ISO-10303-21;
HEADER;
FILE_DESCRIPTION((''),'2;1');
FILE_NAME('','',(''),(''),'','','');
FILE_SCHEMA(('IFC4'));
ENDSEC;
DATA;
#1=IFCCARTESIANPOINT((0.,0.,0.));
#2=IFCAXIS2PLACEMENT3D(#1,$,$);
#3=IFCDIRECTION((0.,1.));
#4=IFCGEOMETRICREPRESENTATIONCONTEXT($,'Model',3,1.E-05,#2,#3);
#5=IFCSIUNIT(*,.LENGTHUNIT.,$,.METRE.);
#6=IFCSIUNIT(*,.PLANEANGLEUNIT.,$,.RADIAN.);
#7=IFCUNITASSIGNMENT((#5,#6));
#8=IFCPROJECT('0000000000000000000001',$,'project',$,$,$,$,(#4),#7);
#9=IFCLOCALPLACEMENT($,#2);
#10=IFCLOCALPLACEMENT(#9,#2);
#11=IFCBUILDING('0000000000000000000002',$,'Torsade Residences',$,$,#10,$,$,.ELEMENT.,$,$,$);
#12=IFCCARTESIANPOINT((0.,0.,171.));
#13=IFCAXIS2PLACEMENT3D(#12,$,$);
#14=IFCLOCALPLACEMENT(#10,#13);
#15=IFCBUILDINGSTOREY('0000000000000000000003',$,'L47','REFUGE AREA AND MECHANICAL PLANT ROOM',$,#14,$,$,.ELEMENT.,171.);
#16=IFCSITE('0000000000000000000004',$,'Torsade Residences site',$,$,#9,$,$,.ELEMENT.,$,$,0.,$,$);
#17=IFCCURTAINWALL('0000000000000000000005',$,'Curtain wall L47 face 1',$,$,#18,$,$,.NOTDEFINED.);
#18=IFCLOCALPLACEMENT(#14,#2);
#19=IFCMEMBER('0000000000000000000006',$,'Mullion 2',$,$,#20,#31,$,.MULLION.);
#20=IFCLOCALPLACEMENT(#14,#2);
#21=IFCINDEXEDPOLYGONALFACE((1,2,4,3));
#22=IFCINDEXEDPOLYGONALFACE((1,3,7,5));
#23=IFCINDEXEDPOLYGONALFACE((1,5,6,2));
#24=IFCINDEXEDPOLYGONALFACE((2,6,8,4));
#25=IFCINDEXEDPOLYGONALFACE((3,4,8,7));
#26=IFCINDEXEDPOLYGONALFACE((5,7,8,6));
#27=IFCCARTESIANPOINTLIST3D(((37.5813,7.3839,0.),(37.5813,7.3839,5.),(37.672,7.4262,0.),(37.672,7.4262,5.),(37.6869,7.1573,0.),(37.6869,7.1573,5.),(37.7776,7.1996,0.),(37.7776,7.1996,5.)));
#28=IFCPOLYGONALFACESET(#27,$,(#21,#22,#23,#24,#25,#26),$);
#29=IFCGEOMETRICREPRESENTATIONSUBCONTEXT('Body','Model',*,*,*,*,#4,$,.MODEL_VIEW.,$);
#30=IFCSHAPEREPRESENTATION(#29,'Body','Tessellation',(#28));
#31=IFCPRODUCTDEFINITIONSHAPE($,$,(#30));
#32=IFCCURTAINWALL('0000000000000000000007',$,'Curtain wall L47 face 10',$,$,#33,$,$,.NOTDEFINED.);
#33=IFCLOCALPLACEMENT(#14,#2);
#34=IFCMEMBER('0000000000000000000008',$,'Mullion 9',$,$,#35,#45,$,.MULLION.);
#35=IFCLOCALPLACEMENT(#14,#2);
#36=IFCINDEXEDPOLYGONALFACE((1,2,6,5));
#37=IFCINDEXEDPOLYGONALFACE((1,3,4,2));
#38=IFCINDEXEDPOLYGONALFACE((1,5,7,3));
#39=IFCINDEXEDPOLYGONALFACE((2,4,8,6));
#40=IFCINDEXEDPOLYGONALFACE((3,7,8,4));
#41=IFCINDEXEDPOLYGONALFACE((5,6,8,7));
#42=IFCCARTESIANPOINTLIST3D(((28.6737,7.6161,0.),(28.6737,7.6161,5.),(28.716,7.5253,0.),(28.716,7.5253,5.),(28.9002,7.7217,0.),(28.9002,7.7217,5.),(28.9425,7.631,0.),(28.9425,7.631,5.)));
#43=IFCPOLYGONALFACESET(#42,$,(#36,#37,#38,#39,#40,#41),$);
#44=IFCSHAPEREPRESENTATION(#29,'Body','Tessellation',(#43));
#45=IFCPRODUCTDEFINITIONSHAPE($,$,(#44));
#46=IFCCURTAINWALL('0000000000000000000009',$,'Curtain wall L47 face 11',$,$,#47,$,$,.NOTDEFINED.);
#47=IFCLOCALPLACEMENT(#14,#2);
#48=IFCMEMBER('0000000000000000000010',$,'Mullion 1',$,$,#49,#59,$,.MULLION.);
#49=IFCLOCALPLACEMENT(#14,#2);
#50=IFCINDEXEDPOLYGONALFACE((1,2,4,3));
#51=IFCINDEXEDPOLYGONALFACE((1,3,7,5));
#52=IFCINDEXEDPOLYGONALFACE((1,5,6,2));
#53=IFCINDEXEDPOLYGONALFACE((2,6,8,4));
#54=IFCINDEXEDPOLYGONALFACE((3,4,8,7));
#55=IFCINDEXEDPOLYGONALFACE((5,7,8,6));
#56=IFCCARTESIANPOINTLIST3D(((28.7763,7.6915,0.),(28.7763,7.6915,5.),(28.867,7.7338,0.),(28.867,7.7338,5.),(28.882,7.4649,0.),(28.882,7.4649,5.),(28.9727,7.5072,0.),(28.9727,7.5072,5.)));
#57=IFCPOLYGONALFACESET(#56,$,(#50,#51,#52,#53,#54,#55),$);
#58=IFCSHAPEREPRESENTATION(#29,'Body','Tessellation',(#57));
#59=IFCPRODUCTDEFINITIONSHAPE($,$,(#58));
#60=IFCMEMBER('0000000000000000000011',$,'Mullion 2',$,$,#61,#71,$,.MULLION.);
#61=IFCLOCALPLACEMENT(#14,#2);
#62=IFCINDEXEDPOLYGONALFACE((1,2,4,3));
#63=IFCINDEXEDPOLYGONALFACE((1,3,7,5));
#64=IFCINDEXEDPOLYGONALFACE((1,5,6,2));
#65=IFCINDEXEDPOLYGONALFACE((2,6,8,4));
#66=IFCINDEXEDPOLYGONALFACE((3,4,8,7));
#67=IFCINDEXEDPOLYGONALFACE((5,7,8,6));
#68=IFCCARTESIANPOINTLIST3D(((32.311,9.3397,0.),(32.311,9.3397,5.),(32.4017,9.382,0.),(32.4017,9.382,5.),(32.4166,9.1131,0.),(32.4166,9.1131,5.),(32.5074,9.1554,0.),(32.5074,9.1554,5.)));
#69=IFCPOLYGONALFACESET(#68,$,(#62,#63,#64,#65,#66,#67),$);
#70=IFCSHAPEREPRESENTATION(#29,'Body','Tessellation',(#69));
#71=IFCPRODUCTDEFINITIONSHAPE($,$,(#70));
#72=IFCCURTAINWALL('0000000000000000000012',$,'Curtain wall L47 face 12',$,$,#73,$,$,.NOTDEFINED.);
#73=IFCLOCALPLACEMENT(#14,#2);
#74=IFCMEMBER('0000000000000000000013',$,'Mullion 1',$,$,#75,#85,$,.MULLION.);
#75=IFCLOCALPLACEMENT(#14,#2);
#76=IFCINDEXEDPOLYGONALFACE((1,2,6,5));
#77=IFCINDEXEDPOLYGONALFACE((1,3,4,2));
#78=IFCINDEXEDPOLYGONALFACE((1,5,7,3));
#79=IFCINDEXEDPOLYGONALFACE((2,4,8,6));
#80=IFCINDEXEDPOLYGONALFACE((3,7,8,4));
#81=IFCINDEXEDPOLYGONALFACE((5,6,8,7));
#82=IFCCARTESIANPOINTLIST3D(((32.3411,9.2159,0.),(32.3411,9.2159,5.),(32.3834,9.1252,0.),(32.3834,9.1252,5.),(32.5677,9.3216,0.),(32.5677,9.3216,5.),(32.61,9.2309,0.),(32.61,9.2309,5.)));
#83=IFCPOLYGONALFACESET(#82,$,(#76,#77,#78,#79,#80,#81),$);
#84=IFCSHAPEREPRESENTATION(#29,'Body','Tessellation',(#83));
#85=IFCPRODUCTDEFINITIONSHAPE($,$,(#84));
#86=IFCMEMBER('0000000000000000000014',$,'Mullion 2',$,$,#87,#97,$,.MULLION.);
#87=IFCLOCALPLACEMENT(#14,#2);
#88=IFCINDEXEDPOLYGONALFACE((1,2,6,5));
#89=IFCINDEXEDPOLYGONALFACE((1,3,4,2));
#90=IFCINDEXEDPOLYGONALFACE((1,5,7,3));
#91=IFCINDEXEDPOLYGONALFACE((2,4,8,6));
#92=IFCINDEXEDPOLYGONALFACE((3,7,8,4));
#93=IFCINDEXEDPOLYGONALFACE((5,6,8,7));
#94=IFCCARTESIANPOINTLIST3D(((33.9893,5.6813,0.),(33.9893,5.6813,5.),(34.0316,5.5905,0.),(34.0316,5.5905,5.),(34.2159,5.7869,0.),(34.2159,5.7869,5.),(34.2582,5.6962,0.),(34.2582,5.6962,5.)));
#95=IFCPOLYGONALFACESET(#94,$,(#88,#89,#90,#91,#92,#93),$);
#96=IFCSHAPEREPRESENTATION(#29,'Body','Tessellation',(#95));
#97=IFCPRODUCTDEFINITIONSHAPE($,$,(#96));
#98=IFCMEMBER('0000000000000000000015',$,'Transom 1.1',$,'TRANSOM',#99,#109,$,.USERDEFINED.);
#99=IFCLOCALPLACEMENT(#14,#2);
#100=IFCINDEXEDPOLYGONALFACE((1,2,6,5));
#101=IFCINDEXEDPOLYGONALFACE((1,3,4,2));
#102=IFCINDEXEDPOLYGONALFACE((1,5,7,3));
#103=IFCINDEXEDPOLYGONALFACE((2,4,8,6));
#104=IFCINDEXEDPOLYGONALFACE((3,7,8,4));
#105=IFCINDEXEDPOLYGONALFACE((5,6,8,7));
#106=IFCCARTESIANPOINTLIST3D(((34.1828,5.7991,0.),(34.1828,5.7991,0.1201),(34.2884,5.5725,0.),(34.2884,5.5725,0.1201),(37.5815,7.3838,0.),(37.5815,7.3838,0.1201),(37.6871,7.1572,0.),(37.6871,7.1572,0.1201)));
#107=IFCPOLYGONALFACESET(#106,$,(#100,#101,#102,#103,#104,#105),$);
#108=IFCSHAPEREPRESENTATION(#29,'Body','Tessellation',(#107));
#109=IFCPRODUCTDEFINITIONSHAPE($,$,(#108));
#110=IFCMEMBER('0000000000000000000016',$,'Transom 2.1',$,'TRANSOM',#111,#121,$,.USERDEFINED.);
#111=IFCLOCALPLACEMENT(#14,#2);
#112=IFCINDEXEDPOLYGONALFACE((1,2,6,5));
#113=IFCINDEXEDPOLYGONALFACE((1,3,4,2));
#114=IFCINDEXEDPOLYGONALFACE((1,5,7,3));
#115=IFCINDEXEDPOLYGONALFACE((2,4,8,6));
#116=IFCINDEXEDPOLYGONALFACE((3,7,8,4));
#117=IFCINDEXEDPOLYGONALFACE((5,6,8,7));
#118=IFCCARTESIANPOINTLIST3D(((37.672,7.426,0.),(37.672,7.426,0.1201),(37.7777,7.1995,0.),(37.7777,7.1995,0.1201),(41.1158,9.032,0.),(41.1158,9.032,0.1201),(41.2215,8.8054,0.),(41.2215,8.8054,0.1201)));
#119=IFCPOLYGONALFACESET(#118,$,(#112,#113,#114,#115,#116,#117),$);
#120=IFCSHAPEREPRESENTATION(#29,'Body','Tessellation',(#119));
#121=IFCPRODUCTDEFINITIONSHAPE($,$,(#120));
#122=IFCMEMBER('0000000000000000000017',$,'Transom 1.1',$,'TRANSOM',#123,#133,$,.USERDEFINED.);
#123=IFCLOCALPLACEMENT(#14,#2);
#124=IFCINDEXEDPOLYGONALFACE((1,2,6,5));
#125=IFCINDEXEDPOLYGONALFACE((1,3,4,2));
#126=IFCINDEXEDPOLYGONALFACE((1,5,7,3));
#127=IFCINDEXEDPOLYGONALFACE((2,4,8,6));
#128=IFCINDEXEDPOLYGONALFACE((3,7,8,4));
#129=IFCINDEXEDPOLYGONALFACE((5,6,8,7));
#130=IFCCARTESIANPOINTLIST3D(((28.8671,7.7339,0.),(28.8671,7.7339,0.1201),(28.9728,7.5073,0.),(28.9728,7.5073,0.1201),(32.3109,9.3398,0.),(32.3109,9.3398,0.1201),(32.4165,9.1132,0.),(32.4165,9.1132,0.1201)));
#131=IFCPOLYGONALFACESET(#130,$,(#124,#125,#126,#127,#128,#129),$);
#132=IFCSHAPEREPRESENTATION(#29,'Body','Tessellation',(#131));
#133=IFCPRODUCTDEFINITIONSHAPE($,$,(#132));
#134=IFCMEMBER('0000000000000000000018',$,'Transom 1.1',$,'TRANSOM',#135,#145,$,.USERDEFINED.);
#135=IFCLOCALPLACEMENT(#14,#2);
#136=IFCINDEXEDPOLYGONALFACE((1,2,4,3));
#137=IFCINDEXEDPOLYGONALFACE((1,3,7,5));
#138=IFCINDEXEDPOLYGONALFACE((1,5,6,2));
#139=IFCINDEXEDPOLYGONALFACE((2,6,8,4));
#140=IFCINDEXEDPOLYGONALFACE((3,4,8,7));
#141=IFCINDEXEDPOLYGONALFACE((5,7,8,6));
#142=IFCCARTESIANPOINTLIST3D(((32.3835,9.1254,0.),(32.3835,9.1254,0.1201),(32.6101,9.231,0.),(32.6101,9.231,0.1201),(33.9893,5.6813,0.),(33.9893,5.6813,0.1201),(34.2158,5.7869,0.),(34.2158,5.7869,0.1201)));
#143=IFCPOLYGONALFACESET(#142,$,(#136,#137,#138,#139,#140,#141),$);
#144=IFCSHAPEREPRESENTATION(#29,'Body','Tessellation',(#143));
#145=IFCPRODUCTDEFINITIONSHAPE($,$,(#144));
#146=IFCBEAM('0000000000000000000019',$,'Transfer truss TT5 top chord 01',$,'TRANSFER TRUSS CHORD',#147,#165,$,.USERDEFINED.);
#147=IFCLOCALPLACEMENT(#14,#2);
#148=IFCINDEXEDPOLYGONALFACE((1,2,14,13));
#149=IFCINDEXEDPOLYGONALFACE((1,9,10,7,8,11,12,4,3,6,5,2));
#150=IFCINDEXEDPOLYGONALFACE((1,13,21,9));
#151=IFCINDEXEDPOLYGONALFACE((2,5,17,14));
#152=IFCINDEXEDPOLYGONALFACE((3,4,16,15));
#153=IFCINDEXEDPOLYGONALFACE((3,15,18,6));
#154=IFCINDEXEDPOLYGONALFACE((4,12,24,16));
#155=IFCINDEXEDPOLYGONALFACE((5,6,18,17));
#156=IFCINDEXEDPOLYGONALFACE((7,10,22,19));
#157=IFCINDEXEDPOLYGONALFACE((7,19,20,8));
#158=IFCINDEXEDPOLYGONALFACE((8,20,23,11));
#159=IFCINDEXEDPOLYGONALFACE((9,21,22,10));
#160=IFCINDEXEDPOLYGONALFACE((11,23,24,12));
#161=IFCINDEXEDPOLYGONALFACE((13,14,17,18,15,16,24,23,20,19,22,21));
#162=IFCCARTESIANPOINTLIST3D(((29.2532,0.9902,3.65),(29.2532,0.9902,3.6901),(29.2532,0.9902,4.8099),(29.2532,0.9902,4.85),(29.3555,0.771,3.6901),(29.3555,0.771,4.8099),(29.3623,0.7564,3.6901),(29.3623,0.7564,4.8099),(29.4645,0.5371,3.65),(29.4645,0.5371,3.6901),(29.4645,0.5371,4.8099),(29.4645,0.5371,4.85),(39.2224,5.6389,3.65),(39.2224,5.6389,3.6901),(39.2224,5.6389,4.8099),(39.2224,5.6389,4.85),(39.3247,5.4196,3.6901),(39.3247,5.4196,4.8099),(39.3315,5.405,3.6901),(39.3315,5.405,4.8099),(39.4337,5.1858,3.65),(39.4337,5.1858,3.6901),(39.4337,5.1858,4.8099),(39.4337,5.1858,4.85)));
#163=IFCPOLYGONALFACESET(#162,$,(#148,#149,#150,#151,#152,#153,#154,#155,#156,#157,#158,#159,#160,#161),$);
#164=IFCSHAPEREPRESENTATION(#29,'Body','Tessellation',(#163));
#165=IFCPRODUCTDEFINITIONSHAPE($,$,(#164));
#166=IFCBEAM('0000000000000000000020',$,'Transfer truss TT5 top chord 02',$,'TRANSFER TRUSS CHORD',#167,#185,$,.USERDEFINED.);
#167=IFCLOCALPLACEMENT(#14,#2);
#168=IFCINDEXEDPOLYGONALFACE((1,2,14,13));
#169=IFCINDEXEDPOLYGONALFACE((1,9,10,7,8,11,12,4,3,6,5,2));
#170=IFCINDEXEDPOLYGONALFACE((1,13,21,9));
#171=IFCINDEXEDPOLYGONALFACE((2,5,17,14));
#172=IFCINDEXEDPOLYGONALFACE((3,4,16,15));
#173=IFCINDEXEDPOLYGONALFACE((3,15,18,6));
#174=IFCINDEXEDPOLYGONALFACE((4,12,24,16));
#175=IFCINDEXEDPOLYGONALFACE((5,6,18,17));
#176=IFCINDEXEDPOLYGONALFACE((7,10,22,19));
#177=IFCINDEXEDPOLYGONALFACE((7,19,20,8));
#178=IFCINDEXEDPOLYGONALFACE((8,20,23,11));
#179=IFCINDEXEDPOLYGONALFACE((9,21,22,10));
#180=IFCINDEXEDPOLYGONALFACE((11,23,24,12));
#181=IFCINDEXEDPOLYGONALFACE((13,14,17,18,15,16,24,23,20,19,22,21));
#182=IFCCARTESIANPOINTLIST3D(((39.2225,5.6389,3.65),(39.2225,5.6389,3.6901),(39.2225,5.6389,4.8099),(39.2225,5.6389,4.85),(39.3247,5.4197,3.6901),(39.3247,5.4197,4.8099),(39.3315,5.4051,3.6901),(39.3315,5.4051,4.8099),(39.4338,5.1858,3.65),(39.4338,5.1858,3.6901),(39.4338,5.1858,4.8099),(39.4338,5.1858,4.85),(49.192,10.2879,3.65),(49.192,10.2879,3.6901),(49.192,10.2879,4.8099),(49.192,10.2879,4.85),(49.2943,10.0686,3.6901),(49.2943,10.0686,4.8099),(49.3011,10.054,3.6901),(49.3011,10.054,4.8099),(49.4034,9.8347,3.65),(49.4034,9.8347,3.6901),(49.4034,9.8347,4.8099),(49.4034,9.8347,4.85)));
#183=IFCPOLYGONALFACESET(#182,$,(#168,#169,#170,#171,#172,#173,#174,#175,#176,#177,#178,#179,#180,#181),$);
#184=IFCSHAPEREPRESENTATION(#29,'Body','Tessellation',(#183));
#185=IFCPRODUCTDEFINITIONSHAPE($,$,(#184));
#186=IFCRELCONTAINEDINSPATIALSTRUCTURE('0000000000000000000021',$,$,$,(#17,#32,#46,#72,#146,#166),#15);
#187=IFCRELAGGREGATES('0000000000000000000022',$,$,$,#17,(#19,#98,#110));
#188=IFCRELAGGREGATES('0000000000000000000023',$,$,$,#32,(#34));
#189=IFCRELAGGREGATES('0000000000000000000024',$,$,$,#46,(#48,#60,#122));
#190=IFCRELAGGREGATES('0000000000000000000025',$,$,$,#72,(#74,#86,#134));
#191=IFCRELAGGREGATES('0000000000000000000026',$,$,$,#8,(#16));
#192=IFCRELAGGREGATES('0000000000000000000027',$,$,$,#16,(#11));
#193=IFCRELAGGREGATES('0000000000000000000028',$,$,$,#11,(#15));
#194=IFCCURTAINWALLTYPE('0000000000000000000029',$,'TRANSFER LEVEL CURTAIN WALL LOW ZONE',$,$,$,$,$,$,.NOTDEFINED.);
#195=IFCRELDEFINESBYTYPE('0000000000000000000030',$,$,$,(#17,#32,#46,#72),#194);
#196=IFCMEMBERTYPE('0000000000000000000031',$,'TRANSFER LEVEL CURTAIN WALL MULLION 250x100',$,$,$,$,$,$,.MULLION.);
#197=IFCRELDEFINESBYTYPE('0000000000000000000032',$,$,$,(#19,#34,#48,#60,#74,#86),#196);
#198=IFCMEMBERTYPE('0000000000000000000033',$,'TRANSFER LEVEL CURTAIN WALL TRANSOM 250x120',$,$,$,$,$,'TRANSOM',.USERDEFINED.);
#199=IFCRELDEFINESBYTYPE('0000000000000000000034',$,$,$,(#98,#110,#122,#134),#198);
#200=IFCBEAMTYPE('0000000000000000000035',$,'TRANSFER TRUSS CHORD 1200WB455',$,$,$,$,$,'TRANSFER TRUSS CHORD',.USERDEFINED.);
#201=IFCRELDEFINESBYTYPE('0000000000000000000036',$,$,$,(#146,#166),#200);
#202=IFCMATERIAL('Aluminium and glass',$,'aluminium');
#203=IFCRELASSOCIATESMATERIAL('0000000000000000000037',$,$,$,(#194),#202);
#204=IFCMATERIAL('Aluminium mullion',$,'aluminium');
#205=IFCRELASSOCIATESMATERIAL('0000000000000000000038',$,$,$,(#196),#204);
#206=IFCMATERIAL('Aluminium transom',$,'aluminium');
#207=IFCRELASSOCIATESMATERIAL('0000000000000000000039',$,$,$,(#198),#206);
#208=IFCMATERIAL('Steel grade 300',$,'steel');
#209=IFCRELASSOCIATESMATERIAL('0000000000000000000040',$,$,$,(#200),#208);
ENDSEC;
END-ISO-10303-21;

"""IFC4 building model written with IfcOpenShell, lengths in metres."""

from ifc_helpers import new_model, si_unit, direction, frame, origin, origin_2d, place, context, subcontext, project, spatial, rectangle, i_section, extrude, material, material_profile, profile_set, type_object, element, aggregate, save


model = new_model("IFC4")

# Units and contexts
model_context = context("Model", 3, precision=1e-05, world=origin(), true_north=direction((0.0, 1.0)))
body_context = subcontext(model_context, "Body", "Model", "MODEL_VIEW")
ifc_project = project(units=[si_unit("LENGTHUNIT", "METRE"), si_unit("PLANEANGLEUNIT", "RADIAN")], contexts=[model_context])

# Site, building, storey
site_placement = place(None, origin())
site = spatial("IfcSite", under=ifc_project, at=site_placement, Name="Torsade Residences site", CompositionType="ELEMENT", RefElevation=0.0)
building_placement = place(site_placement, origin())
building = spatial("IfcBuilding", under=site, at=building_placement, Name="Torsade Residences", CompositionType="ELEMENT")
storey_placement = place(building_placement, frame((0.0, 0.0, 171.0)))
storey = spatial("IfcBuildingStorey", under=building, at=storey_placement, Name="L47", Description="REFUGE AREA AND MECHANICAL PLANT ROOM", CompositionType="ELEMENT", Elevation=171.0)

# Curtain wall, member
ifc_material_1 = material(Name="Aluminium and glass", Category="aluminium")
curtain_wall_type = type_object("IfcCurtainWallType", Name="TRANSFER LEVEL CURTAIN WALL LOW ZONE", PredefinedType="NOTDEFINED", material=ifc_material_1)
curtain_wall_1_placement = place(storey_placement, origin())
curtain_wall_1 = element("IfcCurtainWall", 1, at=curtain_wall_1_placement, inside=storey, type_object=curtain_wall_type, Name="Curtain wall L47 face 1", PredefinedType="NOTDEFINED")
ifc_material_2 = material(Name="Aluminium mullion", Category="aluminium")
ifc_material_profile_1 = material_profile(ifc_material_2, rectangle(XDim=0.25, YDim=0.1001, at=origin_2d()), Name="TRANSFER LEVEL CURTAIN WALL MULLION 250x100")
ifc_profile_set_1 = profile_set([ifc_material_profile_1], Name="Aluminium mullion")
member_type_1 = type_object("IfcMemberType", Name="TRANSFER LEVEL CURTAIN WALL MULLION 250x100", PredefinedType="MULLION", material=ifc_profile_set_1)
member_1_placement = place(storey_placement, frame((37.6794, 7.2917, 0.0), z_axis=(0.0, 0.0, 1.0), x_axis=(-0.422618, 0.906308, 0.0)))
member_1 = element("IfcMember", 2, at=member_1_placement, type_object=member_type_1, Name="Mullion 2", PredefinedType="MULLION", context=body_context, shape_type="SweptSolid", body=[
    extrude(rectangle(XDim=0.25, YDim=0.1001, at=origin_2d()), origin(), (0.0, 0.0, 1.0), 5.0),
])

# Curtain wall, member
curtain_wall_2_placement = place(storey_placement, origin())
curtain_wall_2 = element("IfcCurtainWall", 3, at=curtain_wall_2_placement, inside=storey, type_object=curtain_wall_type, Name="Curtain wall L47 face 10", PredefinedType="NOTDEFINED")
member_2_placement = place(storey_placement, frame((28.8081, 7.6235, 0.0), z_axis=(0.0, 0.0, 1.0), x_axis=(0.906308, 0.422618, 0.0)))
member_2 = element("IfcMember", 4, at=member_2_placement, type_object=member_type_1, Name="Mullion 9", PredefinedType="MULLION", context=body_context, shape_type="SweptSolid", body=[
    extrude(rectangle(XDim=0.25, YDim=0.1001, at=origin_2d()), origin(), (0.0, 0.0, 1.0), 5.0),
])

# Curtain walls, members
curtain_wall_3_placement = place(storey_placement, origin())
curtain_wall_3 = element("IfcCurtainWall", 5, at=curtain_wall_3_placement, inside=storey, type_object=curtain_wall_type, Name="Curtain wall L47 face 11", PredefinedType="NOTDEFINED")
member_3_placement = place(storey_placement, frame((28.8745, 7.5994, 0.0), z_axis=(0.0, 0.0, 1.0), x_axis=(-0.422618, 0.906308, 0.0)))
member_3 = element("IfcMember", 6, at=member_3_placement, type_object=member_type_1, Name="Mullion 1", PredefinedType="MULLION", context=body_context, shape_type="SweptSolid", body=[
    extrude(rectangle(XDim=0.25, YDim=0.1001, at=origin_2d()), origin(), (0.0, 0.0, 1.0), 5.0),
])
member_4_placement = place(storey_placement, frame((32.4092, 9.2476, 0.0), z_axis=(0.0, 0.0, 1.0), x_axis=(-0.422618, 0.906308, 0.0)))
member_4 = element("IfcMember", 7, at=member_4_placement, type_object=member_type_1, Name="Mullion 2", PredefinedType="MULLION", context=body_context, shape_type="SweptSolid", body=[
    extrude(rectangle(XDim=0.25, YDim=0.1001, at=origin_2d()), origin(), (0.0, 0.0, 1.0), 5.0),
])
curtain_wall_4_placement = place(storey_placement, origin())
curtain_wall_4 = element("IfcCurtainWall", 8, at=curtain_wall_4_placement, inside=storey, type_object=curtain_wall_type, Name="Curtain wall L47 face 12", PredefinedType="NOTDEFINED")
member_5_placement = place(storey_placement, frame((32.4756, 9.2234, 0.0), z_axis=(0.0, 0.0, 1.0), x_axis=(0.906308, 0.422618, 0.0)))
member_5 = element("IfcMember", 9, at=member_5_placement, type_object=member_type_1, Name="Mullion 1", PredefinedType="MULLION", context=body_context, shape_type="SweptSolid", body=[
    extrude(rectangle(XDim=0.25, YDim=0.1001, at=origin_2d()), origin(), (0.0, 0.0, 1.0), 5.0),
])
member_6_placement = place(storey_placement, frame((34.1238, 5.6887, 0.0), z_axis=(0.0, 0.0, 1.0), x_axis=(0.906308, 0.422618, 0.0)))
member_6 = element("IfcMember", 10, at=member_6_placement, type_object=member_type_1, Name="Mullion 2", PredefinedType="MULLION", context=body_context, shape_type="SweptSolid", body=[
    extrude(rectangle(XDim=0.25, YDim=0.1001, at=origin_2d()), origin(), (0.0, 0.0, 1.0), 5.0),
])

# Members
ifc_material_3 = material(Name="Aluminium transom", Category="aluminium")
ifc_material_profile_2 = material_profile(ifc_material_3, rectangle(XDim=0.25, YDim=0.1201, at=origin_2d()), Name="TRANSFER LEVEL CURTAIN WALL TRANSOM 250x120")
ifc_profile_set_2 = profile_set([ifc_material_profile_2], Name="Aluminium transom")
member_type_2 = type_object("IfcMemberType", Name="TRANSFER LEVEL CURTAIN WALL TRANSOM 250x120", ElementType="TRANSOM", PredefinedType="USERDEFINED", material=ifc_profile_set_2)
member_7_placement = place(storey_placement, frame((34.2356, 5.6858, 0.0601), z_axis=(0.906319, 0.422593, 0.0), x_axis=(-0.422593, 0.906319, 0.0)))
member_7 = element("IfcMember", 11, at=member_7_placement, type_object=member_type_2, Name="Transom 1.1", ObjectType="TRANSOM", PredefinedType="USERDEFINED", context=body_context, shape_type="SweptSolid", body=[
    extrude(rectangle(XDim=0.25, YDim=0.1201, at=origin_2d()), origin(), (0.0, 0.0, 1.0), 3.75),
])
member_8_placement = place(storey_placement, frame((37.7249, 7.3127, 0.0601), z_axis=(0.906301, 0.422632, 0.0), x_axis=(-0.422632, 0.906301, 0.0)))
member_8 = element("IfcMember", 12, at=member_8_placement, type_object=member_type_2, Name="Transom 2.1", ObjectType="TRANSOM", PredefinedType="USERDEFINED", context=body_context, shape_type="SweptSolid", body=[
    extrude(rectangle(XDim=0.25, YDim=0.1201, at=origin_2d()), origin(), (0.0, 0.0, 1.0), 3.7998),
])
member_9_placement = place(storey_placement, frame((28.9199, 7.6206, 0.0601), z_axis=(0.906301, 0.422632, 0.0), x_axis=(-0.422632, 0.906301, 0.0)))
member_9 = element("IfcMember", 13, at=member_9_placement, type_object=member_type_2, Name="Transom 1.1", ObjectType="TRANSOM", PredefinedType="USERDEFINED", context=body_context, shape_type="SweptSolid", body=[
    extrude(rectangle(XDim=0.25, YDim=0.1201, at=origin_2d()), origin(), (0.0, 0.0, 1.0), 3.7998),
])
member_10_placement = place(storey_placement, frame((32.4968, 9.1782, 0.0601), z_axis=(0.422555, -0.906337, 0.0), x_axis=(0.906337, 0.422555, 0.0)))
member_10 = element("IfcMember", 14, at=member_10_placement, type_object=member_type_2, Name="Transom 1.1", ObjectType="TRANSOM", PredefinedType="USERDEFINED", context=body_context, shape_type="SweptSolid", body=[
    extrude(rectangle(XDim=0.25, YDim=0.1201, at=origin_2d()), origin(), (0.0, 0.0, 1.0), 3.8),
])

# Beams
ifc_material_4 = material(Name="Steel grade 300", Category="steel")
ifc_material_profile_3 = material_profile(ifc_material_4, i_section(OverallWidth=0.5, OverallDepth=1.2, WebThickness=0.0161, FlangeThickness=0.04, at=origin_2d()), Name="1200WB455")
ifc_profile_set_3 = profile_set([ifc_material_profile_3], Name="Steel grade 300")
beam_type_1 = type_object("IfcBeamType", Name="TRANSFER TRUSS CHORD 1200WB455", ElementType="TRANSFER TRUSS CHORD", PredefinedType="USERDEFINED", material=ifc_profile_set_3)
beam_1_placement = place(storey_placement, frame((29.3589, 0.7637, 4.25), z_axis=(0.90631, 0.422614, 0.0), x_axis=(-0.422614, 0.90631, 0.0)))
element("IfcBeam", 15, at=beam_1_placement, inside=storey, type_object=beam_type_1, Name="Transfer truss TT5 top chord 01", ObjectType="TRANSFER TRUSS CHORD", PredefinedType="USERDEFINED", context=body_context, shape_type="SweptSolid", body=[
    extrude(i_section(OverallWidth=0.5, OverallDepth=1.2, WebThickness=0.0161, FlangeThickness=0.04, at=origin_2d()), origin(), (0.0, 0.0, 1.0), 10.9998),
])
beam_2_placement = place(storey_placement, frame((39.3281, 5.4124, 4.25), z_axis=(0.906305, 0.422624, 0.0), x_axis=(-0.422624, 0.906305, 0.0)))
element("IfcBeam", 16, at=beam_2_placement, inside=storey, type_object=beam_type_1, Name="Transfer truss TT5 top chord 02", ObjectType="TRANSFER TRUSS CHORD", PredefinedType="USERDEFINED", context=body_context, shape_type="SweptSolid", body=[
    extrude(i_section(OverallWidth=0.5, OverallDepth=1.2, WebThickness=0.0161, FlangeThickness=0.04, at=origin_2d()), origin(), (0.0, 0.0, 1.0), 11.0002),
])

aggregate(curtain_wall_1, [member_1, member_7, member_8])
aggregate(curtain_wall_2, [member_2])
aggregate(curtain_wall_3, [member_3, member_4, member_9])
aggregate(curtain_wall_4, [member_5, member_6, member_10])

save(model, "model.ifc")
